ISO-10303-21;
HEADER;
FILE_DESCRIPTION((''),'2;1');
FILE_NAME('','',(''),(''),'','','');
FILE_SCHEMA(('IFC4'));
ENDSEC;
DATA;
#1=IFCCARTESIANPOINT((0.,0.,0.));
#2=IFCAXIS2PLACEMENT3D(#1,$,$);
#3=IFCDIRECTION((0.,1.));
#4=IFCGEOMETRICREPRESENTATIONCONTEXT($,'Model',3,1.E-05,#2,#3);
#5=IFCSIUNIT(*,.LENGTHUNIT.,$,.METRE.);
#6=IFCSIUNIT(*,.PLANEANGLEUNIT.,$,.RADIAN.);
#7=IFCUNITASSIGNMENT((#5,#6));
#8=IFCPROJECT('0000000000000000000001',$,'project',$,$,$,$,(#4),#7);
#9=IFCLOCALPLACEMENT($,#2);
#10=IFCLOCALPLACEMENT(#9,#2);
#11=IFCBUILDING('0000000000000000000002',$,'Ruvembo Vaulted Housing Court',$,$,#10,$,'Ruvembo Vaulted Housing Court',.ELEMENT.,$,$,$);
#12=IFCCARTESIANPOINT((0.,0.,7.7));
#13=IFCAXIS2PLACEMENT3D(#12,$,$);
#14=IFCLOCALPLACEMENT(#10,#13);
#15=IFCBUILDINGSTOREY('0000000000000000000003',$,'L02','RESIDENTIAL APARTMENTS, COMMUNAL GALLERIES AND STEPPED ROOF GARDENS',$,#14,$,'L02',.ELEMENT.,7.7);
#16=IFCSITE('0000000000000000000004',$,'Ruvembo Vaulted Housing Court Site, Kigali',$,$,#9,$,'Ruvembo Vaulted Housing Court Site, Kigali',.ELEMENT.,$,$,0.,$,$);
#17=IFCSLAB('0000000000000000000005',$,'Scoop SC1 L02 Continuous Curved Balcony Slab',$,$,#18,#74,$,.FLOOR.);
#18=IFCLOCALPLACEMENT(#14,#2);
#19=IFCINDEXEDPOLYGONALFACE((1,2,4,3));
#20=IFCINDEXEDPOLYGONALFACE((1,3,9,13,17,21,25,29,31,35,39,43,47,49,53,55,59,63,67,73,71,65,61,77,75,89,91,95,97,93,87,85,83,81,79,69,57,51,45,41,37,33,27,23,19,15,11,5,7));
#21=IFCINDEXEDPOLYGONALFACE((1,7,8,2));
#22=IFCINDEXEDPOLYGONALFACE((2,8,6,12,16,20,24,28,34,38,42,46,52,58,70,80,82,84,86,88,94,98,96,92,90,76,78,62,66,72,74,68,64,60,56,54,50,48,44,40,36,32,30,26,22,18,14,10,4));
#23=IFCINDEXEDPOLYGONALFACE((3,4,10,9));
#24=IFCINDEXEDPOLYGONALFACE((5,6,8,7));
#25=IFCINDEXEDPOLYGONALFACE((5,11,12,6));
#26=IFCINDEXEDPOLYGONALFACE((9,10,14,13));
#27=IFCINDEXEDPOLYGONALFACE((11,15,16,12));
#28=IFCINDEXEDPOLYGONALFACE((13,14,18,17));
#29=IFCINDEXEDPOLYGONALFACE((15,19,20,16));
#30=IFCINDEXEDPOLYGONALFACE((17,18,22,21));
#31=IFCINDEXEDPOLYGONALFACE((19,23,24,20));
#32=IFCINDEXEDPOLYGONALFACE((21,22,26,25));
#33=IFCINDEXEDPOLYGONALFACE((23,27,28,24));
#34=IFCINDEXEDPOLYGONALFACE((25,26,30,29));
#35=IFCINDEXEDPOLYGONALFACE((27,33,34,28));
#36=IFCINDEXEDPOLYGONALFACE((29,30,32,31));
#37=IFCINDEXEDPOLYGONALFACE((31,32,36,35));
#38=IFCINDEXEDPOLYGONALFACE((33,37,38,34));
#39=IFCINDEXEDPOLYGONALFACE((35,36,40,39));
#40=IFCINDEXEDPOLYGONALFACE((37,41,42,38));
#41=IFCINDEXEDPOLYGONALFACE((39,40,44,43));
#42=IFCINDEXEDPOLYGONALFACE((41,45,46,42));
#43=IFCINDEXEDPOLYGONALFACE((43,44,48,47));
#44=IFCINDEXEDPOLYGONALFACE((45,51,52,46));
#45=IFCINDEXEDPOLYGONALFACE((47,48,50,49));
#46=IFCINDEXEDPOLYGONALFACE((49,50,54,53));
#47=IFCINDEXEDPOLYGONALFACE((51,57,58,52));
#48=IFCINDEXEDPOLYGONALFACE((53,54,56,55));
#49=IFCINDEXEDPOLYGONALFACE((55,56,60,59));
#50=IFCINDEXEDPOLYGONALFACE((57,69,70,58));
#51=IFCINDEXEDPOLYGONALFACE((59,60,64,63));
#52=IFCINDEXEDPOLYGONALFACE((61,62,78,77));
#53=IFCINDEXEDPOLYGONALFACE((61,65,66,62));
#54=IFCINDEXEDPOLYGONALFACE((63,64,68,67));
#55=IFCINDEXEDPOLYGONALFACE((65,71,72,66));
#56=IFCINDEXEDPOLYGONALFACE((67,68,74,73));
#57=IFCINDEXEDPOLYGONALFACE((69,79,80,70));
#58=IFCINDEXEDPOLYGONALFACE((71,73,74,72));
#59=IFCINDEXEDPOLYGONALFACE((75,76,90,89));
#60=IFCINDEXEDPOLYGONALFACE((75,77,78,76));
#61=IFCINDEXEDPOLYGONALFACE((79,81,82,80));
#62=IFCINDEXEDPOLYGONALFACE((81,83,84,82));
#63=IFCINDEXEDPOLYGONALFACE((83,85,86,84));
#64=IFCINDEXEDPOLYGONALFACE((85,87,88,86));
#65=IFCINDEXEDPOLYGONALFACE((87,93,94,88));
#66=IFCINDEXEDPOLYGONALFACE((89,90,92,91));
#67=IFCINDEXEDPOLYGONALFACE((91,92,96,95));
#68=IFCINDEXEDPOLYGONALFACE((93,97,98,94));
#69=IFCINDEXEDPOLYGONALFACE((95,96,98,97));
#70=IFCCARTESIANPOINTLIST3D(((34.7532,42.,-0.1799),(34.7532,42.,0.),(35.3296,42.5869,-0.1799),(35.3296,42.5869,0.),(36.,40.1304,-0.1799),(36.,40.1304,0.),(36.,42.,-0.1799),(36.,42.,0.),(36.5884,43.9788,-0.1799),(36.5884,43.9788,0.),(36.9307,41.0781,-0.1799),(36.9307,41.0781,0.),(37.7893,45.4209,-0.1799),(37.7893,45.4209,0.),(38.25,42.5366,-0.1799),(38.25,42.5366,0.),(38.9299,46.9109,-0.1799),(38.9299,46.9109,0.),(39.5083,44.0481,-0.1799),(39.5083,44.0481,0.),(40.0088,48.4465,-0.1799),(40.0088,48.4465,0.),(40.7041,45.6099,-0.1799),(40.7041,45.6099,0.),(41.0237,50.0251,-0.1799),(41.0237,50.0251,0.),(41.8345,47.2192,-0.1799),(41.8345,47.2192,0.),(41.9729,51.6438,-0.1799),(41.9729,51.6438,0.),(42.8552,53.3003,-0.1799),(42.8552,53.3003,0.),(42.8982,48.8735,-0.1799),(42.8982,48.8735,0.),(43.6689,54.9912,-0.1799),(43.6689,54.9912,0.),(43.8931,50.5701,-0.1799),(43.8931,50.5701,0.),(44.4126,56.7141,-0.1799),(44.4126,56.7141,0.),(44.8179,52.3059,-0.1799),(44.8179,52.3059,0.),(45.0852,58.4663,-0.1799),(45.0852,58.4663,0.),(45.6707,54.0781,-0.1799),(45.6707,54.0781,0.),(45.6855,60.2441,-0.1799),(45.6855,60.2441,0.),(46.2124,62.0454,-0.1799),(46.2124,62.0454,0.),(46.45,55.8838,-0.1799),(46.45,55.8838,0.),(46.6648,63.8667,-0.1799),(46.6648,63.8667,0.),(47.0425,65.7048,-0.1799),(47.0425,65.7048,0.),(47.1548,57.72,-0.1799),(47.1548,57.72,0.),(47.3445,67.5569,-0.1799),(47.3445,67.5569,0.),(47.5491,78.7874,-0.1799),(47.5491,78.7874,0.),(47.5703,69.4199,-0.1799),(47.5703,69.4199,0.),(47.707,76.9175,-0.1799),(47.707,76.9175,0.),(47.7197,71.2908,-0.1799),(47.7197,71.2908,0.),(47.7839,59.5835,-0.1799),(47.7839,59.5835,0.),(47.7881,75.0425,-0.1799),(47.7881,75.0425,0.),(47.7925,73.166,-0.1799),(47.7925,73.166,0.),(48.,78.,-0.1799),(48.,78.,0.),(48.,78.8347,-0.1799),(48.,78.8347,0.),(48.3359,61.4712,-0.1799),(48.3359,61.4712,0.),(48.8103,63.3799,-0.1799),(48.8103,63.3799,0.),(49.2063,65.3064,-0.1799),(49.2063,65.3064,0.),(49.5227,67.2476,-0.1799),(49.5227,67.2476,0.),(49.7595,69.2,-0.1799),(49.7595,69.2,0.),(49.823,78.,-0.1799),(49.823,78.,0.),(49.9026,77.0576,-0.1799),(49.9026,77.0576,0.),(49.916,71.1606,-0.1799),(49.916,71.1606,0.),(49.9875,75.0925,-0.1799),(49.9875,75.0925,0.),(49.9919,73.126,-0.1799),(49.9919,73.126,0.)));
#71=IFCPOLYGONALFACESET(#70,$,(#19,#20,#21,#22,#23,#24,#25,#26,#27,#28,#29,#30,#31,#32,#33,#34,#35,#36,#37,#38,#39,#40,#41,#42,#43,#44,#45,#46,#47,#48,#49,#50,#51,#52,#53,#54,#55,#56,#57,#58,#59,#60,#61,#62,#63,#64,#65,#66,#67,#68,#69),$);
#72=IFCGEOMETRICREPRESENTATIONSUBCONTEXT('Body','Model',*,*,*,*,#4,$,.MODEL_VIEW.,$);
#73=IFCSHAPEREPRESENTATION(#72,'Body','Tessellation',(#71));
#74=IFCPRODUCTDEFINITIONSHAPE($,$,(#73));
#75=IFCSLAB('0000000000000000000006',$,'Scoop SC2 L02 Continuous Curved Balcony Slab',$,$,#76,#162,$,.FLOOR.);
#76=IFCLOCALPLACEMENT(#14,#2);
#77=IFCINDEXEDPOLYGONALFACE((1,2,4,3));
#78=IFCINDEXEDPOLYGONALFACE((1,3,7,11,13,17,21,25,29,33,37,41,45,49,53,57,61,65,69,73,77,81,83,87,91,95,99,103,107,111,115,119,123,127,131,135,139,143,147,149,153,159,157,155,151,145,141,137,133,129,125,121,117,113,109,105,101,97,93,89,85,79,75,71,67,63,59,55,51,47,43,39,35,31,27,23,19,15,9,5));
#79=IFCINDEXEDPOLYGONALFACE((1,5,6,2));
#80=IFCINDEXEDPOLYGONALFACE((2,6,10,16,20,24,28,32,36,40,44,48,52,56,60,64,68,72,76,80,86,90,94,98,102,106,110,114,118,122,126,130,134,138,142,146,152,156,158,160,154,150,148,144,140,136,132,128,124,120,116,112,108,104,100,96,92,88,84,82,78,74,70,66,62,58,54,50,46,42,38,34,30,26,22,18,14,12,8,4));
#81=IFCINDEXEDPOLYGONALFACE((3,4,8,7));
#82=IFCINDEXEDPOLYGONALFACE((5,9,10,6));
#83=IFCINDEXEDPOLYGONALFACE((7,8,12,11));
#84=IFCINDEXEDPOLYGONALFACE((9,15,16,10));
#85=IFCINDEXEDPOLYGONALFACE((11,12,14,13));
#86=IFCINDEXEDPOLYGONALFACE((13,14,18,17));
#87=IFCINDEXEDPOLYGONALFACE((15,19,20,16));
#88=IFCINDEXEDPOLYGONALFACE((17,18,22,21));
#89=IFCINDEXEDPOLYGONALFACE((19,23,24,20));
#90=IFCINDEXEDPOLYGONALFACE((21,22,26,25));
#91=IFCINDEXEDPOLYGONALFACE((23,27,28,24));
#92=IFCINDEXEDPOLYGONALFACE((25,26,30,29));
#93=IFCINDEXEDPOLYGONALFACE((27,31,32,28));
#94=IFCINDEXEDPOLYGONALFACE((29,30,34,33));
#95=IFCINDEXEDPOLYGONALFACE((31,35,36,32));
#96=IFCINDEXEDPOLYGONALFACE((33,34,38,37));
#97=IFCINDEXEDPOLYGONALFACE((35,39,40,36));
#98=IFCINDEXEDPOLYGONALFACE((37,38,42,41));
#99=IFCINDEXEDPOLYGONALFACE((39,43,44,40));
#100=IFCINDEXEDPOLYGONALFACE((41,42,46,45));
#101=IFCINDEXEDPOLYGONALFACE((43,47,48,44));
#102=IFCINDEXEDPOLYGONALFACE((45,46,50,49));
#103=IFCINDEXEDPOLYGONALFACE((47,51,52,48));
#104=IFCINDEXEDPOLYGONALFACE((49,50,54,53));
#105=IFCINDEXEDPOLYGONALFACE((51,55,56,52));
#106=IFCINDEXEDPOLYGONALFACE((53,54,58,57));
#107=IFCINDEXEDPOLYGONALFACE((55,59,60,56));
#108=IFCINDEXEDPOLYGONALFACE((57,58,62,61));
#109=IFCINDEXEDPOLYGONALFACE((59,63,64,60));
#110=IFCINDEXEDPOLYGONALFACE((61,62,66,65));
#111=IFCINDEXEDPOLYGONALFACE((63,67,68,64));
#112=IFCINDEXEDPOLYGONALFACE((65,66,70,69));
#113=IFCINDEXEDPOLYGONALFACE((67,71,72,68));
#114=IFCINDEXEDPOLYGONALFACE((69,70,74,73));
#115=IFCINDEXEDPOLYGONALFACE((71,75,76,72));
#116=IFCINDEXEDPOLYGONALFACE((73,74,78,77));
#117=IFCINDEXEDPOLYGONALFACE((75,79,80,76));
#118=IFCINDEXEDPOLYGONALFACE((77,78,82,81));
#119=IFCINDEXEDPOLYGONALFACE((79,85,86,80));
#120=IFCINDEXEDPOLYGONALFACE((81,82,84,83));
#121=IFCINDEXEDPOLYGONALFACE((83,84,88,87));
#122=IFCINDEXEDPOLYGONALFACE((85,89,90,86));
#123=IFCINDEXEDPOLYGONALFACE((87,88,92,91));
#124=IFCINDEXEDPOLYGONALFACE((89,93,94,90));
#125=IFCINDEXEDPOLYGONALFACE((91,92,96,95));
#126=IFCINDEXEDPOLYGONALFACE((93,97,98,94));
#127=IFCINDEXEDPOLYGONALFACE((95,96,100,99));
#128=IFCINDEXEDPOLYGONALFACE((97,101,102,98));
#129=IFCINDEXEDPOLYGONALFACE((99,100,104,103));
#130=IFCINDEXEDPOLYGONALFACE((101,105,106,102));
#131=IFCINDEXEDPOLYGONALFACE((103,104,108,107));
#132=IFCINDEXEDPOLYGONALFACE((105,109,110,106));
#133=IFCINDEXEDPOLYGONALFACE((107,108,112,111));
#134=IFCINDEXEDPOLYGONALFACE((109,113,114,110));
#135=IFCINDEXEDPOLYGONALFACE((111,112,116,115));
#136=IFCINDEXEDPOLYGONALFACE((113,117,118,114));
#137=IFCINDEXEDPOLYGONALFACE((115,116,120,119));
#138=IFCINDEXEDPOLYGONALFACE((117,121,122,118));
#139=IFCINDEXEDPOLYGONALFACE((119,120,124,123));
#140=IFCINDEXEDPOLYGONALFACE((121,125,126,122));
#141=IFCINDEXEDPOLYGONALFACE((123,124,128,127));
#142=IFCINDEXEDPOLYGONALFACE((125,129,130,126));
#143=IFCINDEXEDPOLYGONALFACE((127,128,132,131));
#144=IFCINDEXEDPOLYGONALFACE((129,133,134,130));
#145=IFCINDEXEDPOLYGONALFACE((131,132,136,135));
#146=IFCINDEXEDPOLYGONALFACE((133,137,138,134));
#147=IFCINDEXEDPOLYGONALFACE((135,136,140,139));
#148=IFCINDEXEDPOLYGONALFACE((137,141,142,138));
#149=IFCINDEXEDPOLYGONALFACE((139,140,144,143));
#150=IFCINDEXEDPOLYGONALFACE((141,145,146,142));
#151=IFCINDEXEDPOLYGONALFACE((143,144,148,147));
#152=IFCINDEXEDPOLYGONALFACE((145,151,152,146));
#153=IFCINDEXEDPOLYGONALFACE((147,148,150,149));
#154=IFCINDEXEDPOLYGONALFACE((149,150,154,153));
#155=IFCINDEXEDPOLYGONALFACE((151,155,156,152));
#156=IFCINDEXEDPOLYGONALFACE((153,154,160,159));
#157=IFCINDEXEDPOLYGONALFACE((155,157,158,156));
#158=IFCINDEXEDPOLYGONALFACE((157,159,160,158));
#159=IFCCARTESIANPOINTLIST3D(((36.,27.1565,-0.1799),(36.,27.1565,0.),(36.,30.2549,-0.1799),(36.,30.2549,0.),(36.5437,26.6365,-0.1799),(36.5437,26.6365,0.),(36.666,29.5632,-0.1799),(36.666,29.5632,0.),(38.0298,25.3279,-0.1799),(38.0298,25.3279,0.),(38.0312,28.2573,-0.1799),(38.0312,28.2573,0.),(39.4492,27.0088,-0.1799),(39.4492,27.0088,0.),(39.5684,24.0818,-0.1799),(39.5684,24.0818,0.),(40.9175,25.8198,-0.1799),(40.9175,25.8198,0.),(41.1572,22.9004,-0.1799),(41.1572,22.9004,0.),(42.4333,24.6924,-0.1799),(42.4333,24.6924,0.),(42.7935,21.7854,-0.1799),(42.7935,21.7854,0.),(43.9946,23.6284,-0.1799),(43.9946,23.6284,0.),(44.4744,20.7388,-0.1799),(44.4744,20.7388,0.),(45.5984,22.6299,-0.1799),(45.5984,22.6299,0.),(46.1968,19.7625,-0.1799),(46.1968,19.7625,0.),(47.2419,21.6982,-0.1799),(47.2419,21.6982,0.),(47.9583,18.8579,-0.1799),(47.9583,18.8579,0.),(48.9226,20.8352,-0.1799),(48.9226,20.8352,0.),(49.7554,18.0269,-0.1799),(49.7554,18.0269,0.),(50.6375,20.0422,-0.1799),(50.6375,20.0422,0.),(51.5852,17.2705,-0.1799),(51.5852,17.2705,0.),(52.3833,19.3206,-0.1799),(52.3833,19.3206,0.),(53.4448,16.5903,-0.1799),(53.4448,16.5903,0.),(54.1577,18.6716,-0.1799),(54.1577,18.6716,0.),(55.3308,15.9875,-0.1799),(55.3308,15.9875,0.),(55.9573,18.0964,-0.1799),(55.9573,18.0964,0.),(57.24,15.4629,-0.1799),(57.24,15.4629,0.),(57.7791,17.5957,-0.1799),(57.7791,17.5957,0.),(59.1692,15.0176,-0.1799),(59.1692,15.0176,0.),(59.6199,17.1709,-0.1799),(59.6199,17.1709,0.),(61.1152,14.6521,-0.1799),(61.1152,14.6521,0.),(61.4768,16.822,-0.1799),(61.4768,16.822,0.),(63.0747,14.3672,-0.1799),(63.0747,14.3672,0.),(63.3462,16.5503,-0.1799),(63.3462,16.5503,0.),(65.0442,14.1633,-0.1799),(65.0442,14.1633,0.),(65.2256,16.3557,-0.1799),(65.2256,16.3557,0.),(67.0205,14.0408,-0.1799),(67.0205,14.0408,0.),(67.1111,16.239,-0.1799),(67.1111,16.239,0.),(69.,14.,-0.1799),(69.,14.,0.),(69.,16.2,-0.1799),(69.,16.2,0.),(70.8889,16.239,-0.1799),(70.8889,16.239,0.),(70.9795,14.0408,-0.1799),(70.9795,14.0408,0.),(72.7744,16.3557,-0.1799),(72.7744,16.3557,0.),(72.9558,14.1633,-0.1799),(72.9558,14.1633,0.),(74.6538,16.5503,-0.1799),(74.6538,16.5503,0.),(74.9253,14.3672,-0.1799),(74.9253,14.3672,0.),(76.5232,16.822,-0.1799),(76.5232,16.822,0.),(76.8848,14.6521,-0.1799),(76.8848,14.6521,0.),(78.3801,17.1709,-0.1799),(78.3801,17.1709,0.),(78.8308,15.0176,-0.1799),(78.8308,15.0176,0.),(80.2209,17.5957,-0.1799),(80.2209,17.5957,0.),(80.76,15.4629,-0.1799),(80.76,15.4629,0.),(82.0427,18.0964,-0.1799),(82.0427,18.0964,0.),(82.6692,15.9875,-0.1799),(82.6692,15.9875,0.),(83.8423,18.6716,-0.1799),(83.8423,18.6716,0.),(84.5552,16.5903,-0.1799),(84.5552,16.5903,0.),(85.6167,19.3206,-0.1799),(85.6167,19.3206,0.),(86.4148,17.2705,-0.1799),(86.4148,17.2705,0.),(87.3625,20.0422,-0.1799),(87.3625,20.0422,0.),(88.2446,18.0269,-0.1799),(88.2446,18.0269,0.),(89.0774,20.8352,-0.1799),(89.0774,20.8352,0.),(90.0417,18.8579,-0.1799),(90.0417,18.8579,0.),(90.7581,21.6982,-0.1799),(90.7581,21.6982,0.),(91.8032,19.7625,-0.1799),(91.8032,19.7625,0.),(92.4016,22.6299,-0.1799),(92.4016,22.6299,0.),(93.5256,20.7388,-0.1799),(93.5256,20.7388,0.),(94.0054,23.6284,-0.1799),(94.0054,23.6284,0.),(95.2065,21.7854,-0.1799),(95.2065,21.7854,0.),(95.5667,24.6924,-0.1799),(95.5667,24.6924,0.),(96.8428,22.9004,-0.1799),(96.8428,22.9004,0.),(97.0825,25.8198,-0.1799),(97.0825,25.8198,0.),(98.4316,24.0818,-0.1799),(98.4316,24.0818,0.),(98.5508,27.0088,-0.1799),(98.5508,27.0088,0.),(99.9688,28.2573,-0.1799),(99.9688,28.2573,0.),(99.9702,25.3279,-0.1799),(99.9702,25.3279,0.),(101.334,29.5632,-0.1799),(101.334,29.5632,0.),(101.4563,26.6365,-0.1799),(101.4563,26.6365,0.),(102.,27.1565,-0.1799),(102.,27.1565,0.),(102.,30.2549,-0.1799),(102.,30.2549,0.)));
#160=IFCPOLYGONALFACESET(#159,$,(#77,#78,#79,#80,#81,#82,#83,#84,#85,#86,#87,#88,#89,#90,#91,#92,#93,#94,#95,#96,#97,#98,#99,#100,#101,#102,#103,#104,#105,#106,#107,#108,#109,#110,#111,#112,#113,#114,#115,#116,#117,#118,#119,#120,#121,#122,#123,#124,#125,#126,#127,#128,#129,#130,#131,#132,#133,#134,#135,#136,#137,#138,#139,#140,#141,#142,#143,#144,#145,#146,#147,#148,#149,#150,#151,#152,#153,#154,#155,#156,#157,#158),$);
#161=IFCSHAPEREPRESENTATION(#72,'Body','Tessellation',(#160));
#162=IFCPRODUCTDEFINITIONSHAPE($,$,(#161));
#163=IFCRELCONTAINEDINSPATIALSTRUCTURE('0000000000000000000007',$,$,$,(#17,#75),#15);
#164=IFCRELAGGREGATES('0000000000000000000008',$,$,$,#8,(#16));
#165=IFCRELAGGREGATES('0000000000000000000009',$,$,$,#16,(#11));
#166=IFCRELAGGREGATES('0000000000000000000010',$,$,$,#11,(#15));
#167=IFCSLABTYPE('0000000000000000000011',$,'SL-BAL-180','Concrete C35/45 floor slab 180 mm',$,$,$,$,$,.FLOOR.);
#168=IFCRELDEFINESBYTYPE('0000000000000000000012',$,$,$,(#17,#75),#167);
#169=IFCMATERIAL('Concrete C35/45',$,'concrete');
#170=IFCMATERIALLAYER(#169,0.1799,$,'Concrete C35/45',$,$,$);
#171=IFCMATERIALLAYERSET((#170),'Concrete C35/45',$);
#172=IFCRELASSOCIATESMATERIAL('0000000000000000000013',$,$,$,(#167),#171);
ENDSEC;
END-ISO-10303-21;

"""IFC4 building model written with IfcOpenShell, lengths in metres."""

from ifc_helpers import new_model, si_unit, direction, frame, origin, place, context, subcontext, project, spatial, polyline, outline, extrude, material, layer, layer_set, type_object, element, save


model = new_model("IFC4")

# Units and contexts
model_context = context("Model", 3, precision=1e-05, world=origin(), true_north=direction((0.0, 1.0)))
body_context = subcontext(model_context, "Body", "Model", "MODEL_VIEW")
ifc_project = project(units=[si_unit("LENGTHUNIT", "METRE"), si_unit("PLANEANGLEUNIT", "RADIAN")], contexts=[model_context])

# Site, building, storey
site_placement = place(None, origin())
site = spatial("IfcSite", under=ifc_project, at=site_placement, Name="Ruvembo Vaulted Housing Court Site, Kigali", LongName="Ruvembo Vaulted Housing Court Site, Kigali", CompositionType="ELEMENT", RefElevation=0.0)
building_placement = place(site_placement, origin())
building = spatial("IfcBuilding", under=site, at=building_placement, Name="Ruvembo Vaulted Housing Court", LongName="Ruvembo Vaulted Housing Court", CompositionType="ELEMENT")
storey_placement = place(building_placement, frame((0.0, 0.0, 7.7)))
storey = spatial("IfcBuildingStorey", under=building, at=storey_placement, Name="L02", Description="RESIDENTIAL APARTMENTS, COMMUNAL GALLERIES AND STEPPED ROOF GARDENS", LongName="L02", CompositionType="ELEMENT", Elevation=7.7)

# Slabs
ifc_material_1 = material(Name="Concrete C35/45", Category="concrete")
ifc_layer_1 = layer(ifc_material_1, 0.1799, Name="Concrete C35/45")
ifc_layer_set_1 = layer_set([ifc_layer_1], Name="Concrete C35/45")
slab_type_1 = type_object("IfcSlabType", Name="SL-BAL-180", Description="Concrete C35/45 floor slab 180 mm", PredefinedType="FLOOR", material=ifc_layer_set_1)
slab_1_placement = place(storey_placement, frame((0.0, 0.0, -0.1799)))
element("IfcSlab", 1, at=slab_1_placement, inside=storey, type_object=slab_type_1, Name="Scoop SC1 L02 Continuous Curved Balcony Slab", PredefinedType="FLOOR", context=body_context, shape_type="SweptSolid", body=[
    extrude(outline(polyline([(34.7532, 42.0), (36.0, 42.0), (36.0, 40.1304), (36.9307, 41.0781), (38.25, 42.5366), (39.5083, 44.0481), (40.7041, 45.6099), (41.8345, 47.2192), (42.8982, 48.8735), (43.8931, 50.5701), (44.8179, 52.3059), (45.6707, 54.0781), (46.45, 55.8838), (47.1548, 57.72), (47.7839, 59.5835), (48.3359, 61.4712), (48.8103, 63.3799), (49.2063, 65.3064), (49.5227, 67.2476), (49.7595, 69.2), (49.916, 71.1606), (49.9919, 73.126), (49.9875, 75.0925), (49.9026, 77.0576), (49.823, 78.0), (48.0, 78.0), (48.0, 78.8347), (47.5491, 78.7874), (47.707, 76.9175), (47.7881, 75.0425), (47.7925, 73.166), (47.7197, 71.2908), (47.5703, 69.4199), (47.3445, 67.5569), (47.0425, 65.7048), (46.6648, 63.8667), (46.2124, 62.0454), (45.6855, 60.2441), (45.0852, 58.4663), (44.4126, 56.7141), (43.6689, 54.9912), (42.8552, 53.3003), (41.9729, 51.6438), (41.0237, 50.0251), (40.0088, 48.4465), (38.9299, 46.9109), (37.7893, 45.4209), (36.5884, 43.9788), (35.3296, 42.5869), (34.7532, 42.0)])), origin(), (0.0, 0.0, 1.0), 0.1799),
])
slab_2_placement = place(storey_placement, frame((0.0, 0.0, -0.1799)))
element("IfcSlab", 2, at=slab_2_placement, inside=storey, type_object=slab_type_1, Name="Scoop SC2 L02 Continuous Curved Balcony Slab", PredefinedType="FLOOR", context=body_context, shape_type="SweptSolid", body=[
    extrude(outline(polyline([(36.0, 30.2549), (36.0, 27.1565), (36.5437, 26.6365), (38.0298, 25.3279), (39.5684, 24.0818), (41.1572, 22.9004), (42.7935, 21.7854), (44.4744, 20.7388), (46.1968, 19.7625), (47.9583, 18.8579), (49.7554, 18.0269), (51.5852, 17.2705), (53.4448, 16.5903), (55.3308, 15.9875), (57.24, 15.4629), (59.1692, 15.0176), (61.1152, 14.6521), (63.0747, 14.3672), (65.0442, 14.1633), (67.0205, 14.0408), (69.0, 14.0), (70.9795, 14.0408), (72.9558, 14.1633), (74.9253, 14.3672), (76.8848, 14.6521), (78.8308, 15.0176), (80.76, 15.4629), (82.6692, 15.9875), (84.5552, 16.5903), (86.4148, 17.2705), (88.2446, 18.0269), (90.0417, 18.8579), (91.8032, 19.7625), (93.5256, 20.7388), (95.2065, 21.7854), (96.8428, 22.9004), (98.4316, 24.0818), (99.9702, 25.3279), (101.4563, 26.6365), (102.0, 27.1565), (102.0, 30.2549), (101.334, 29.5632), (99.9688, 28.2573), (98.5508, 27.0088), (97.0825, 25.8198), (95.5667, 24.6924), (94.0054, 23.6284), (92.4016, 22.6299), (90.7581, 21.6982), (89.0774, 20.8352), (87.3625, 20.0422), (85.6167, 19.3206), (83.8423, 18.6716), (82.0427, 18.0964), (80.2209, 17.5957), (78.3801, 17.1709), (76.5232, 16.822), (74.6538, 16.5503), (72.7744, 16.3557), (70.8889, 16.239), (69.0, 16.2), (67.1111, 16.239), (65.2256, 16.3557), (63.3462, 16.5503), (61.4768, 16.822), (59.6199, 17.1709), (57.7791, 17.5957), (55.9573, 18.0964), (54.1577, 18.6716), (52.3833, 19.3206), (50.6375, 20.0422), (48.9226, 20.8352), (47.2419, 21.6982), (45.5984, 22.6299), (43.9946, 23.6284), (42.4333, 24.6924), (40.9175, 25.8198), (39.4492, 27.0088), (38.0312, 28.2573), (36.666, 29.5632), (36.0, 30.2549)])), origin(), (0.0, 0.0, 1.0), 0.1799),
])

save(model, "model.ifc")
